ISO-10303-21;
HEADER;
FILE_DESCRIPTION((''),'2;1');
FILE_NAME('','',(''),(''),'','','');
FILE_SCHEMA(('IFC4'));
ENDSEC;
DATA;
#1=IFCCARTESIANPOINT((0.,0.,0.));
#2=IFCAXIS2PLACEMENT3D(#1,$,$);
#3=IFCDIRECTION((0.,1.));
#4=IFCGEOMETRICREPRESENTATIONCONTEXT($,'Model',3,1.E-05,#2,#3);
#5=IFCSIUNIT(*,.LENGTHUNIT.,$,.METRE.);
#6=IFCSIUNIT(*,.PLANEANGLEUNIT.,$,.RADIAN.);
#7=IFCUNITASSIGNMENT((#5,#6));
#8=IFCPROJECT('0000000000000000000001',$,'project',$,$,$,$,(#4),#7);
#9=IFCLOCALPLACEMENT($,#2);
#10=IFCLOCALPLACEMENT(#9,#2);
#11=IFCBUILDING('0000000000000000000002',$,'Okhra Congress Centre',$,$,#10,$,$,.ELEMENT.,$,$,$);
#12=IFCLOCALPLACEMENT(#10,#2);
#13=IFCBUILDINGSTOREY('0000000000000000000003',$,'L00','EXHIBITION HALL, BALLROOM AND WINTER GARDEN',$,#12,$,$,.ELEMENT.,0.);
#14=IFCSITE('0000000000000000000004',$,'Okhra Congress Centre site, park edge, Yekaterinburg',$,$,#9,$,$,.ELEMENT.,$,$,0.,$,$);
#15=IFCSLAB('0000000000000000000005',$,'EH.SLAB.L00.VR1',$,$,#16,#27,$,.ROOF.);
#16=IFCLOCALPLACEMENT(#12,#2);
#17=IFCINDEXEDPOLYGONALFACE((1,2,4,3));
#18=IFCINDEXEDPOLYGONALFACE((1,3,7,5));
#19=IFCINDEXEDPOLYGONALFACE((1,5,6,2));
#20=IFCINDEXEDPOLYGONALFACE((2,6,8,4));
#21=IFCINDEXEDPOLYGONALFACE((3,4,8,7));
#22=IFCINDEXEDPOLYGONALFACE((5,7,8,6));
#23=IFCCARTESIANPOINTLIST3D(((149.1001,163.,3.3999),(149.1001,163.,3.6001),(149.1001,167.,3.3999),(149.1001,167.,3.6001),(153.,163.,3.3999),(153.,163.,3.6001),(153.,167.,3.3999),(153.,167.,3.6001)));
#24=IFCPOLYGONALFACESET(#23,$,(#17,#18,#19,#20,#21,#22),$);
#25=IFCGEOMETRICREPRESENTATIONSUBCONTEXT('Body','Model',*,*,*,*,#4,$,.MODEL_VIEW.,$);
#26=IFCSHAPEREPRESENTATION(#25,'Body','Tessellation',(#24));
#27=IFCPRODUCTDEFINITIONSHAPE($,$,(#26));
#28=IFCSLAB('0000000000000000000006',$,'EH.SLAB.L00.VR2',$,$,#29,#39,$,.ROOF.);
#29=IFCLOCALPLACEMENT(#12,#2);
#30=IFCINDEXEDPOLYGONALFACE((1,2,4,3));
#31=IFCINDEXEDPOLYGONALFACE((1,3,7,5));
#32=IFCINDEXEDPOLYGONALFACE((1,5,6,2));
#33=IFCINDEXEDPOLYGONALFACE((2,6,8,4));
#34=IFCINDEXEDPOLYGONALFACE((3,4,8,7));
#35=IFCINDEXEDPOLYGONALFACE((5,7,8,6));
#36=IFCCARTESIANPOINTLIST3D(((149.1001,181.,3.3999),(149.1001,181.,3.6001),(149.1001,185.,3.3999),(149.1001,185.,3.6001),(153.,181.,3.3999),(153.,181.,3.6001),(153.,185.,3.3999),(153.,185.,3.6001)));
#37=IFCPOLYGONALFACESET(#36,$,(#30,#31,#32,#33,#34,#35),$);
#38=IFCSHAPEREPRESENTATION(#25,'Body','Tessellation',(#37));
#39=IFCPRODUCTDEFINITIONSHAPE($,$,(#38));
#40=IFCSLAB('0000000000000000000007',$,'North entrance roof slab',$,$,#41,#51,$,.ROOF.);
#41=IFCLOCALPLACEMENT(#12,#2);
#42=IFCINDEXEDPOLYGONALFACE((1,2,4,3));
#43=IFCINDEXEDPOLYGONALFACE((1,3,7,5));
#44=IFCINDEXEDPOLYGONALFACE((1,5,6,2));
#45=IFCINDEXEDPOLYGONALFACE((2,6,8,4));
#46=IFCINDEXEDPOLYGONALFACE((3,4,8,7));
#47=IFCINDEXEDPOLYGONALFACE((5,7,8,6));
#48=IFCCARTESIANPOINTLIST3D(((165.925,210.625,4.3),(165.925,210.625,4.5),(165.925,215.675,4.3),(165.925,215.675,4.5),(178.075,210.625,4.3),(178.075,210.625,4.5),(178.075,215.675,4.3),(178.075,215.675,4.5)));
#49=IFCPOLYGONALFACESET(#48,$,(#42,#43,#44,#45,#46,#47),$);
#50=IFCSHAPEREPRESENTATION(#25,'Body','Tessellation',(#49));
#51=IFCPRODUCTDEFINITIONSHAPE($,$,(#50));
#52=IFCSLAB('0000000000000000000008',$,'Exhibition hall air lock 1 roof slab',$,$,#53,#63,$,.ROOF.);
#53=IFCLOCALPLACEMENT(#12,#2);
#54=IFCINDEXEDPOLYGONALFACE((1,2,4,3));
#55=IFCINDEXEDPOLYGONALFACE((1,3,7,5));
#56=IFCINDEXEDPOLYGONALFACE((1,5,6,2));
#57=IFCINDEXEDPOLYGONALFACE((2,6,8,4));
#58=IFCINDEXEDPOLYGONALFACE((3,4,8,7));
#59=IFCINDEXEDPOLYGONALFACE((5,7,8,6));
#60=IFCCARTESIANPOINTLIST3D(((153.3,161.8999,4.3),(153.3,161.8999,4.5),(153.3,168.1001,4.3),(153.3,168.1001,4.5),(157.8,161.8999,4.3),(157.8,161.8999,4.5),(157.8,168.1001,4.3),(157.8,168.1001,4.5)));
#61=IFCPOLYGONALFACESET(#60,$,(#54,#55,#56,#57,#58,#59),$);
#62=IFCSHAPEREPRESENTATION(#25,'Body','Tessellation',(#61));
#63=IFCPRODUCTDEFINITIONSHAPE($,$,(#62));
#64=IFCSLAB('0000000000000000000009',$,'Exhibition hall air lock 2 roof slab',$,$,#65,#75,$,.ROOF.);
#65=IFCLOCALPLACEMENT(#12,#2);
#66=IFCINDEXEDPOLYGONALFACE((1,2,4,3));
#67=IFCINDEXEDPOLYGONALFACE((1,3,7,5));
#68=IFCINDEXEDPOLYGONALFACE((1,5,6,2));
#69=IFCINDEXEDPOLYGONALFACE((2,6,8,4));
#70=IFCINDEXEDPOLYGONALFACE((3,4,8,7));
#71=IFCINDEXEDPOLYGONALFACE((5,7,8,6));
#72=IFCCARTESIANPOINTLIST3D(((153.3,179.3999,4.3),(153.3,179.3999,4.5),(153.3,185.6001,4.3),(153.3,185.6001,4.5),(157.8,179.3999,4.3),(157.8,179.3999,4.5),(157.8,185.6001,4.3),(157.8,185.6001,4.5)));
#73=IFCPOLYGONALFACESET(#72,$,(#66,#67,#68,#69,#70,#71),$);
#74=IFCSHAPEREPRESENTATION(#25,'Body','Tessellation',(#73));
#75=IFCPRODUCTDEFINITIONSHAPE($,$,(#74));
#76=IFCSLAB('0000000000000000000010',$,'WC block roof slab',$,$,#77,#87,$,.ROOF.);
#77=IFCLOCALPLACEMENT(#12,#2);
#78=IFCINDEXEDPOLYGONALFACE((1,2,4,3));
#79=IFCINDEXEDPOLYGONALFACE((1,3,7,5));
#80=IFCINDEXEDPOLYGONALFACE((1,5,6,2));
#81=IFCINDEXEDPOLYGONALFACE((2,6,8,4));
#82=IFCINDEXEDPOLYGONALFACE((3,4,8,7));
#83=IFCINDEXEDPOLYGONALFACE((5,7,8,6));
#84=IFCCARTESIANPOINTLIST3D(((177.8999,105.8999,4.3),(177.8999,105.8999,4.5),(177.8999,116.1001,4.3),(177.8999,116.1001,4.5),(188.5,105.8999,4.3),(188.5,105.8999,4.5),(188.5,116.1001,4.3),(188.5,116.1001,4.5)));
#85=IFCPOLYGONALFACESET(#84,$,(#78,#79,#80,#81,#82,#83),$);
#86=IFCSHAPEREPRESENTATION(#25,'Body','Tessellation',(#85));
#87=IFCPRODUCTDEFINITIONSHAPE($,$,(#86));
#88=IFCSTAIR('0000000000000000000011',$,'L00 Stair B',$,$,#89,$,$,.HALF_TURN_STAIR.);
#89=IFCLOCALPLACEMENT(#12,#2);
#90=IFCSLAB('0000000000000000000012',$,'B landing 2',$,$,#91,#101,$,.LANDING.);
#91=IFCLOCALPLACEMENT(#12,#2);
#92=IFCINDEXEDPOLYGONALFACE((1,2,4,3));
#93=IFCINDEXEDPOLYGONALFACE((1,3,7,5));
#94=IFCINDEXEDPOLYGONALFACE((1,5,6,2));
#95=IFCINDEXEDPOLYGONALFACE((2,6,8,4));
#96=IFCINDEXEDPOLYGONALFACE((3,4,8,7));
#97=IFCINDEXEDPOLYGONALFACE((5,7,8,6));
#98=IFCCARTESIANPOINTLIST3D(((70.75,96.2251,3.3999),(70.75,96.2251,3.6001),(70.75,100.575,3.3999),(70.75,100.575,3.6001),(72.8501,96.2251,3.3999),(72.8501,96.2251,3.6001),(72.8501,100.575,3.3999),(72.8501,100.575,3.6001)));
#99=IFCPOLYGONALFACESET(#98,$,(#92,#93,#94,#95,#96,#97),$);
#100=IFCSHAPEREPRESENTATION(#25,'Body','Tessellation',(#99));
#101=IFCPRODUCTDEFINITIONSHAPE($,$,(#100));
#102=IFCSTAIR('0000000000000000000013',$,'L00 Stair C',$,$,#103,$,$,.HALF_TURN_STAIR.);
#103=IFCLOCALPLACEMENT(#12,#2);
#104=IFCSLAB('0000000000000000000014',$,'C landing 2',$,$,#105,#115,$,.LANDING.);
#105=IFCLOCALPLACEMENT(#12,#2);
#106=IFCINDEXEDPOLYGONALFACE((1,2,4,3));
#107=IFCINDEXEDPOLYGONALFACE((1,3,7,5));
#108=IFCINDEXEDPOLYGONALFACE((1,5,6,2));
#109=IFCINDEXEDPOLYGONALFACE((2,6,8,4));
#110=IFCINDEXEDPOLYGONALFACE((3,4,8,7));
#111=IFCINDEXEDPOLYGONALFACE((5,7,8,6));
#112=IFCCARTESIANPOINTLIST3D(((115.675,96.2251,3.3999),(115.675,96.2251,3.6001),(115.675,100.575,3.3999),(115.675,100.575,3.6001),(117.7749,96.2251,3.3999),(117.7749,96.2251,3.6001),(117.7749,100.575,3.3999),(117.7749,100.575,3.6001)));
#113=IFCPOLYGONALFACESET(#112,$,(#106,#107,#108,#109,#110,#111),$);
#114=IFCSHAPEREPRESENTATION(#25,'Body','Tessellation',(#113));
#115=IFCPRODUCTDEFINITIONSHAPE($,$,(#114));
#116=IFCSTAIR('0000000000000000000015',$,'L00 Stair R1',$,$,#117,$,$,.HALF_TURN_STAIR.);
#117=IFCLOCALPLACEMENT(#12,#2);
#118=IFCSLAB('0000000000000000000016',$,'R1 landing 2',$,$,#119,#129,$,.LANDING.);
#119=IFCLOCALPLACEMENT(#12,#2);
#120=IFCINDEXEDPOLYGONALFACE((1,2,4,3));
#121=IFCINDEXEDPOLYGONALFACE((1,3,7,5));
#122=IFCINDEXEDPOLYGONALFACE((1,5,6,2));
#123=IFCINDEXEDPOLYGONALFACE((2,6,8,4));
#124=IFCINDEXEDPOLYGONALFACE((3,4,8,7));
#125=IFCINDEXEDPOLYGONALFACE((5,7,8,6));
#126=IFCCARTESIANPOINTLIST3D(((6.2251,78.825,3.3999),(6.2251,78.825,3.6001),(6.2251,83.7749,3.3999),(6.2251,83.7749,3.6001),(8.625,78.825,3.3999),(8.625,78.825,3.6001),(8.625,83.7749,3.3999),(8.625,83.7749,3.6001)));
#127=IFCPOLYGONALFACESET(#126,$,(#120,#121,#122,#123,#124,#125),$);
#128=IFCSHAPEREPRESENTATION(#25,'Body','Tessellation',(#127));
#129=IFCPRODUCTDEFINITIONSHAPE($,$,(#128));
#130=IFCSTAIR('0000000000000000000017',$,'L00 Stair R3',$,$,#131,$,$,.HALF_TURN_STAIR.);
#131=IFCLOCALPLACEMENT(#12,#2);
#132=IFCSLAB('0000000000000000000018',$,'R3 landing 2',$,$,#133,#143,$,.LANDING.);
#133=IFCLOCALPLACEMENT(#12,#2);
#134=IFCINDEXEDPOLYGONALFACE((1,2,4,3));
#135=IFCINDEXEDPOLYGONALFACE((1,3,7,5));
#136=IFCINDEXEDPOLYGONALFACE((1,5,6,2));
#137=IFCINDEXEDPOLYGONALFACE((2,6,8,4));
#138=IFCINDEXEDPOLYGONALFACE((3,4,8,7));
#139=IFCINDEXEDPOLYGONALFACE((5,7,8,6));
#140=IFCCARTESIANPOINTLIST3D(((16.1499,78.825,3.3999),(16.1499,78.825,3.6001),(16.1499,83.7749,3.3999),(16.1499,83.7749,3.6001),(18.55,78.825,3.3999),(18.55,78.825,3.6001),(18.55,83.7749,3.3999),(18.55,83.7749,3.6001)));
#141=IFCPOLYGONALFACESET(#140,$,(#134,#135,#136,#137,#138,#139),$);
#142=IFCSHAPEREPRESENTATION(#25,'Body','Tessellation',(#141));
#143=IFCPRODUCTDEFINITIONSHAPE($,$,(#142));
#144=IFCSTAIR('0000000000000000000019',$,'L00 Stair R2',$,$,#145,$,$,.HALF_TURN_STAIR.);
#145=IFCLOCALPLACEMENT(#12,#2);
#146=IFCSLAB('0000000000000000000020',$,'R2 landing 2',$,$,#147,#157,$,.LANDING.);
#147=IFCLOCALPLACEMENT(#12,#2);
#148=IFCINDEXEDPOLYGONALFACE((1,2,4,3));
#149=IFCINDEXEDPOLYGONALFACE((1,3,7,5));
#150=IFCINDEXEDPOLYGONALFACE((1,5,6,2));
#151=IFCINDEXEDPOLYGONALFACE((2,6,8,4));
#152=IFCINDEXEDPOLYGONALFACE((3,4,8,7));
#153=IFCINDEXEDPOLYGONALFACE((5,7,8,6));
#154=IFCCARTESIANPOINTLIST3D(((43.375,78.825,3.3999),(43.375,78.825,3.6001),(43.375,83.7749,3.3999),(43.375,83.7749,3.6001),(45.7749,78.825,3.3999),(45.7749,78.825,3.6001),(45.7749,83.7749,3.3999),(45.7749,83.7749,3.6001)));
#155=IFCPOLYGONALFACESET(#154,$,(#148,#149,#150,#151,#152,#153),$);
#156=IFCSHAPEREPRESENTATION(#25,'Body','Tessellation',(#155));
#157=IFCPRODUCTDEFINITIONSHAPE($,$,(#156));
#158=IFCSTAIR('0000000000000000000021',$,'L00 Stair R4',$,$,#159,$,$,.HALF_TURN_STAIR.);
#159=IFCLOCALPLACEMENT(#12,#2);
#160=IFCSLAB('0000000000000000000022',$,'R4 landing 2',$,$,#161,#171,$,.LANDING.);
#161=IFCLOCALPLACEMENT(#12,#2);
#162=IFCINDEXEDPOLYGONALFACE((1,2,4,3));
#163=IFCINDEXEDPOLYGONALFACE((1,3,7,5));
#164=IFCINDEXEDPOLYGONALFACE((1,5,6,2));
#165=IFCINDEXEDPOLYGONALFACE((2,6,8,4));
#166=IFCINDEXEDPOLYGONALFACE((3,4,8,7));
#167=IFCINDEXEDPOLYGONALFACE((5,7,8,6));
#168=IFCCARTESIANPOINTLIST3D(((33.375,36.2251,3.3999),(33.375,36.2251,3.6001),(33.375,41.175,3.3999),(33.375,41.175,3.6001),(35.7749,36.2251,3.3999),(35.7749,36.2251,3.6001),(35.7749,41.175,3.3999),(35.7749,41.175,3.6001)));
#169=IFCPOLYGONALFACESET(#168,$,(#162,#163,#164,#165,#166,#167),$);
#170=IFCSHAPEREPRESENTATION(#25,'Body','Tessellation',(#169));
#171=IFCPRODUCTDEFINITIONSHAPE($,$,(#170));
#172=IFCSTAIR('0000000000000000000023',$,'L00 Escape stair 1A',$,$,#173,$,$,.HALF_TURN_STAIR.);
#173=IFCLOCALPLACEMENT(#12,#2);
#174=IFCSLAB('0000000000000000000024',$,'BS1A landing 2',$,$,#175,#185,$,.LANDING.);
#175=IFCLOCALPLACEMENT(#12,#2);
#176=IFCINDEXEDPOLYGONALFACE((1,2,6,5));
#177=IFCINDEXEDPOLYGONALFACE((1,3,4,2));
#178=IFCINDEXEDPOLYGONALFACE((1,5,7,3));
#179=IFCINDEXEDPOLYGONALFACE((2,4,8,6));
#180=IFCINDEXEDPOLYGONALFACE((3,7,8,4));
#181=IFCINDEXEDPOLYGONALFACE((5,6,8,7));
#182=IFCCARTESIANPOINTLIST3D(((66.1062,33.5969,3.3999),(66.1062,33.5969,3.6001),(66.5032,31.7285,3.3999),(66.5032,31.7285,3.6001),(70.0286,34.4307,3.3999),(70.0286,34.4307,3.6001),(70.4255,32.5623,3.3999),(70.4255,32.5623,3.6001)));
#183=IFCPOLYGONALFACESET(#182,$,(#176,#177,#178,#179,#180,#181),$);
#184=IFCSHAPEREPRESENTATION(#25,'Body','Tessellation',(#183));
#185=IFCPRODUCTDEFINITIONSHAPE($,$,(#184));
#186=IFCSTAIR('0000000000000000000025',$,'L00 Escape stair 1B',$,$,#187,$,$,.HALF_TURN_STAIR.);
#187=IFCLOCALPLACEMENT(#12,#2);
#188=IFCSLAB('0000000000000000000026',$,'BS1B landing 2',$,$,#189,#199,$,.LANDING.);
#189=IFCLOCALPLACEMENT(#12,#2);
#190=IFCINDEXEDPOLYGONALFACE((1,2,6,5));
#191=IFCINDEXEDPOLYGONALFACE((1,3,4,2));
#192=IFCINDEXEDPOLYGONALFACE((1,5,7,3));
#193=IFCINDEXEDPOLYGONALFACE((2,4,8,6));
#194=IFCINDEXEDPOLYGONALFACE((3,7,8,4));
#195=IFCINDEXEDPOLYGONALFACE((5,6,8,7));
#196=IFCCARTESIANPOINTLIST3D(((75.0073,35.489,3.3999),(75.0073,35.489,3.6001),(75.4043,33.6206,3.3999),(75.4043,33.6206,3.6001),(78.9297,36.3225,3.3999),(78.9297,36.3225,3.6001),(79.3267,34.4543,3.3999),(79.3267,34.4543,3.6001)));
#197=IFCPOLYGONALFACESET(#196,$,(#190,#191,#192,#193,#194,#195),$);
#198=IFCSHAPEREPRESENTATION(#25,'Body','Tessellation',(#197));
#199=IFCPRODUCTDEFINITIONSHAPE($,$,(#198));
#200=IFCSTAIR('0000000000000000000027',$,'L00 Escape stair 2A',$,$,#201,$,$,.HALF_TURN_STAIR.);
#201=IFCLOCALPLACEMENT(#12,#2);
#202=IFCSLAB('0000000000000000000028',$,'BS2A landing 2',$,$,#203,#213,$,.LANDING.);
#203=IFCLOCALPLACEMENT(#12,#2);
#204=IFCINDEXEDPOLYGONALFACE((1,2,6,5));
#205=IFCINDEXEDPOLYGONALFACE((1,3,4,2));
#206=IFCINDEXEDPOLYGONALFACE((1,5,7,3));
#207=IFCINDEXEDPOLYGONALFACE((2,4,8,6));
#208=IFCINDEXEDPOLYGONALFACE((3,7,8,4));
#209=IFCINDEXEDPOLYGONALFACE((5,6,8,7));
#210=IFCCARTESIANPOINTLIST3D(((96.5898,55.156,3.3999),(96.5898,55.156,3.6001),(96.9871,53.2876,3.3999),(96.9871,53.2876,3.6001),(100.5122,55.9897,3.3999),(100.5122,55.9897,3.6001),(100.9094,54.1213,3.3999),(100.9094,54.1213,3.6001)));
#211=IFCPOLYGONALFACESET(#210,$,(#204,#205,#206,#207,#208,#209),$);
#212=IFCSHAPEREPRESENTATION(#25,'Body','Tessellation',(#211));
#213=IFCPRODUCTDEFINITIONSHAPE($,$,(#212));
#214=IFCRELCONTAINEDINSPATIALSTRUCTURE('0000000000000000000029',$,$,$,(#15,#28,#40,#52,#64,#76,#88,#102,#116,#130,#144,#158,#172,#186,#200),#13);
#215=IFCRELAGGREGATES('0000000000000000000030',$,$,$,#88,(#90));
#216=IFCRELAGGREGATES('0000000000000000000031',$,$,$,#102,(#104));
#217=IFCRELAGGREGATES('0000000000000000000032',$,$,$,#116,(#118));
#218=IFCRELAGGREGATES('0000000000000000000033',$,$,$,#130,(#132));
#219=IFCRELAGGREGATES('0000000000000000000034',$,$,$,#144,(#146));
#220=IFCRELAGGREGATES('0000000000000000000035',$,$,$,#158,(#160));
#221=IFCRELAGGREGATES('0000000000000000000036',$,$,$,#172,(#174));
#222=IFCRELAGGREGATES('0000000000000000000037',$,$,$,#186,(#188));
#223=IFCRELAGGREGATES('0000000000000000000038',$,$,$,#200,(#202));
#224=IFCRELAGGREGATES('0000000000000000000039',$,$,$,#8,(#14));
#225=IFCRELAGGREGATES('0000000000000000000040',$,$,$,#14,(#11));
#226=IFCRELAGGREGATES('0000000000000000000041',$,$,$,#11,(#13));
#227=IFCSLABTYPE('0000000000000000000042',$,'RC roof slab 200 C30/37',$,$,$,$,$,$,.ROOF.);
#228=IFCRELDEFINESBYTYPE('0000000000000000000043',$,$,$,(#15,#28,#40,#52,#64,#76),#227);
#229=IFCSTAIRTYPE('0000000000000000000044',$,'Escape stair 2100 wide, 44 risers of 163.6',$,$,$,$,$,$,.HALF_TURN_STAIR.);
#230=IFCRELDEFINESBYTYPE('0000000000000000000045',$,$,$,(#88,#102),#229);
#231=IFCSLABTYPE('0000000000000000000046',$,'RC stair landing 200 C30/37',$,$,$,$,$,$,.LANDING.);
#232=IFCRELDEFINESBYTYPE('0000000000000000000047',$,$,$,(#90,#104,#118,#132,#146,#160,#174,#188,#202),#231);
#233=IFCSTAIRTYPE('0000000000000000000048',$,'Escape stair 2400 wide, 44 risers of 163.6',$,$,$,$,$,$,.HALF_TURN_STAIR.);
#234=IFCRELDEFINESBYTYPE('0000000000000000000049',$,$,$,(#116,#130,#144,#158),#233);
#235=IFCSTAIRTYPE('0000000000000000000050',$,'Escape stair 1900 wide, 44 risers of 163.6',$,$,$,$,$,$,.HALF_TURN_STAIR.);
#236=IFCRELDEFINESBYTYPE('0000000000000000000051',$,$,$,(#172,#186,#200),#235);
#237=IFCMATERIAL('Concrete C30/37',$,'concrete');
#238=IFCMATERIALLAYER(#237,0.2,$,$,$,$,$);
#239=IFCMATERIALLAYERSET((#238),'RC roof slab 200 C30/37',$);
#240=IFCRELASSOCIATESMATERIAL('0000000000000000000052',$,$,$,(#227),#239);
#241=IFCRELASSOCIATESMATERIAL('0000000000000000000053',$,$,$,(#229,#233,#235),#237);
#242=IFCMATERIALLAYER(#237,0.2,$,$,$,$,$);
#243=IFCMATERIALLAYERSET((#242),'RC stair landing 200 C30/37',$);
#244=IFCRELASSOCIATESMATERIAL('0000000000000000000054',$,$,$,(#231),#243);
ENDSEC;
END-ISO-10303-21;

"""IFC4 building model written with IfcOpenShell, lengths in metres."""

from ifc_helpers import new_model, si_unit, direction, frame, origin, place, context, subcontext, project, spatial, polyline, outline, extrude, material, layer, layer_set, type_object, element, aggregate, save


model = new_model("IFC4")

# Units and contexts
model_context = context("Model", 3, precision=1e-05, world=origin(), true_north=direction((0.0, 1.0)))
body_context = subcontext(model_context, "Body", "Model", "MODEL_VIEW")
ifc_project = project(units=[si_unit("LENGTHUNIT", "METRE"), si_unit("PLANEANGLEUNIT", "RADIAN")], contexts=[model_context])

# Site, building, storey
site_placement = place(None, origin())
site = spatial("IfcSite", under=ifc_project, at=site_placement, Name="Okhra Congress Centre site, park edge, Yekaterinburg", CompositionType="ELEMENT", RefElevation=0.0)
building_placement = place(site_placement, origin())
building = spatial("IfcBuilding", under=site, at=building_placement, Name="Okhra Congress Centre", CompositionType="ELEMENT")
storey_placement = place(building_placement, origin())
storey = spatial("IfcBuildingStorey", under=building, at=storey_placement, Name="L00", Description="EXHIBITION HALL, BALLROOM AND WINTER GARDEN", CompositionType="ELEMENT", Elevation=0.0)

# Slabs
ifc_material = material(Name="Concrete C30/37", Category="concrete")
ifc_layer_1 = layer(ifc_material, 0.2)
ifc_layer_set_1 = layer_set([ifc_layer_1], Name="RC roof slab 200 C30/37")
slab_type_1 = type_object("IfcSlabType", Name="RC roof slab 200 C30/37", PredefinedType="ROOF", material=ifc_layer_set_1)
slab_1_placement = place(storey_placement, frame((0.0, 0.0, 3.3999)))
element("IfcSlab", 1, at=slab_1_placement, inside=storey, type_object=slab_type_1, Name="EH.SLAB.L00.VR1", PredefinedType="ROOF", context=body_context, shape_type="SweptSolid", body=[
    extrude(outline(polyline([(149.1001, 163.0), (153.0, 163.0), (153.0, 167.0), (149.1001, 167.0), (149.1001, 163.0)])), origin(), (0.0, 0.0, 1.0), 0.2002),
])
slab_2_placement = place(storey_placement, frame((0.0, 0.0, 3.3999)))
element("IfcSlab", 2, at=slab_2_placement, inside=storey, type_object=slab_type_1, Name="EH.SLAB.L00.VR2", PredefinedType="ROOF", context=body_context, shape_type="SweptSolid", body=[
    extrude(outline(polyline([(149.1001, 181.0), (153.0, 181.0), (153.0, 185.0), (149.1001, 185.0), (149.1001, 181.0)])), origin(), (0.0, 0.0, 1.0), 0.2002),
])
slab_3_placement = place(storey_placement, frame((0.0, 0.0, 4.3)))
element("IfcSlab", 3, at=slab_3_placement, inside=storey, type_object=slab_type_1, Name="North entrance roof slab", PredefinedType="ROOF", context=body_context, shape_type="SweptSolid", body=[
    extrude(outline(polyline([(165.925, 210.625), (178.075, 210.625), (178.075, 215.675), (165.925, 215.675), (165.925, 210.625)])), origin(), (0.0, 0.0, 1.0), 0.2),
])
slab_4_placement = place(storey_placement, frame((0.0, 0.0, 4.3)))
element("IfcSlab", 4, at=slab_4_placement, inside=storey, type_object=slab_type_1, Name="Exhibition hall air lock 1 roof slab", PredefinedType="ROOF", context=body_context, shape_type="SweptSolid", body=[
    extrude(outline(polyline([(153.3, 161.8999), (157.8, 161.8999), (157.8, 168.1001), (153.3, 168.1001), (153.3, 161.8999)])), origin(), (0.0, 0.0, 1.0), 0.2),
])
slab_5_placement = place(storey_placement, frame((0.0, 0.0, 4.3)))
element("IfcSlab", 5, at=slab_5_placement, inside=storey, type_object=slab_type_1, Name="Exhibition hall air lock 2 roof slab", PredefinedType="ROOF", context=body_context, shape_type="SweptSolid", body=[
    extrude(outline(polyline([(153.3, 179.3999), (157.8, 179.3999), (157.8, 185.6001), (153.3, 185.6001), (153.3, 179.3999)])), origin(), (0.0, 0.0, 1.0), 0.2),
])
slab_6_placement = place(storey_placement, frame((0.0, 0.0, 4.3)))
element("IfcSlab", 6, at=slab_6_placement, inside=storey, type_object=slab_type_1, Name="WC block roof slab", PredefinedType="ROOF", context=body_context, shape_type="SweptSolid", body=[
    extrude(outline(polyline([(177.8999, 105.8999), (188.5, 105.8999), (188.5, 116.1001), (177.8999, 116.1001), (177.8999, 105.8999)])), origin(), (0.0, 0.0, 1.0), 0.2),
])

# Stairs, slabs
stair_type_1 = type_object("IfcStairType", Name="Escape stair 2100 wide, 44 risers of 163.6", PredefinedType="HALF_TURN_STAIR", material=ifc_material)
stair_1_placement = place(storey_placement, origin())
stair_1 = element("IfcStair", 7, at=stair_1_placement, inside=storey, type_object=stair_type_1, Name="L00 Stair B", PredefinedType="HALF_TURN_STAIR")
ifc_layer_2 = layer(ifc_material, 0.2)
ifc_layer_set_2 = layer_set([ifc_layer_2], Name="RC stair landing 200 C30/37")
slab_type_2 = type_object("IfcSlabType", Name="RC stair landing 200 C30/37", PredefinedType="LANDING", material=ifc_layer_set_2)
slab_7_placement = place(storey_placement, frame((0.0, 0.0, 3.3999)))
slab_7 = element("IfcSlab", 8, at=slab_7_placement, type_object=slab_type_2, Name="B landing 2", PredefinedType="LANDING", context=body_context, shape_type="SweptSolid", body=[
    extrude(outline(polyline([(72.8501, 100.575), (70.75, 100.575), (70.75, 96.2251), (72.8501, 96.2251), (72.8501, 100.575)])), origin(), (0.0, 0.0, 1.0), 0.2002),
])
aggregate(stair_1, [slab_7])
stair_2_placement = place(storey_placement, origin())
stair_2 = element("IfcStair", 9, at=stair_2_placement, inside=storey, type_object=stair_type_1, Name="L00 Stair C", PredefinedType="HALF_TURN_STAIR")
slab_8_placement = place(storey_placement, frame((0.0, 0.0, 3.3999)))
slab_8 = element("IfcSlab", 10, at=slab_8_placement, type_object=slab_type_2, Name="C landing 2", PredefinedType="LANDING", context=body_context, shape_type="SweptSolid", body=[
    extrude(outline(polyline([(117.7749, 100.575), (115.675, 100.575), (115.675, 96.2251), (117.7749, 96.2251), (117.7749, 100.575)])), origin(), (0.0, 0.0, 1.0), 0.2002),
])
aggregate(stair_2, [slab_8])
stair_type_2 = type_object("IfcStairType", Name="Escape stair 2400 wide, 44 risers of 163.6", PredefinedType="HALF_TURN_STAIR", material=ifc_material)
stair_3_placement = place(storey_placement, origin())
stair_3 = element("IfcStair", 11, at=stair_3_placement, inside=storey, type_object=stair_type_2, Name="L00 Stair R1", PredefinedType="HALF_TURN_STAIR")
slab_9_placement = place(storey_placement, frame((0.0, 0.0, 3.3999)))
slab_9 = element("IfcSlab", 12, at=slab_9_placement, type_object=slab_type_2, Name="R1 landing 2", PredefinedType="LANDING", context=body_context, shape_type="SweptSolid", body=[
    extrude(outline(polyline([(6.2251, 78.825), (8.625, 78.825), (8.625, 83.7749), (6.2251, 83.7749), (6.2251, 78.825)])), origin(), (0.0, 0.0, 1.0), 0.2002),
])
aggregate(stair_3, [slab_9])
stair_4_placement = place(storey_placement, origin())
stair_4 = element("IfcStair", 13, at=stair_4_placement, inside=storey, type_object=stair_type_2, Name="L00 Stair R3", PredefinedType="HALF_TURN_STAIR")
slab_10_placement = place(storey_placement, frame((0.0, 0.0, 3.3999)))
slab_10 = element("IfcSlab", 14, at=slab_10_placement, type_object=slab_type_2, Name="R3 landing 2", PredefinedType="LANDING", context=body_context, shape_type="SweptSolid", body=[
    extrude(outline(polyline([(16.1499, 78.825), (18.55, 78.825), (18.55, 83.7749), (16.1499, 83.7749), (16.1499, 78.825)])), origin(), (0.0, 0.0, 1.0), 0.2002),
])
aggregate(stair_4, [slab_10])
stair_5_placement = place(storey_placement, origin())
stair_5 = element("IfcStair", 15, at=stair_5_placement, inside=storey, type_object=stair_type_2, Name="L00 Stair R2", PredefinedType="HALF_TURN_STAIR")
slab_11_placement = place(storey_placement, frame((0.0, 0.0, 3.3999)))
slab_11 = element("IfcSlab", 16, at=slab_11_placement, type_object=slab_type_2, Name="R2 landing 2", PredefinedType="LANDING", context=body_context, shape_type="SweptSolid", body=[
    extrude(outline(polyline([(45.7749, 83.7749), (43.375, 83.7749), (43.375, 78.825), (45.7749, 78.825), (45.7749, 83.7749)])), origin(), (0.0, 0.0, 1.0), 0.2002),
])
aggregate(stair_5, [slab_11])
stair_6_placement = place(storey_placement, origin())
stair_6 = element("IfcStair", 17, at=stair_6_placement, inside=storey, type_object=stair_type_2, Name="L00 Stair R4", PredefinedType="HALF_TURN_STAIR")
slab_12_placement = place(storey_placement, frame((0.0, 0.0, 3.3999)))
slab_12 = element("IfcSlab", 18, at=slab_12_placement, type_object=slab_type_2, Name="R4 landing 2", PredefinedType="LANDING", context=body_context, shape_type="SweptSolid", body=[
    extrude(outline(polyline([(35.7749, 41.175), (33.375, 41.175), (33.375, 36.2251), (35.7749, 36.2251), (35.7749, 41.175)])), origin(), (0.0, 0.0, 1.0), 0.2002),
])
aggregate(stair_6, [slab_12])
stair_type_3 = type_object("IfcStairType", Name="Escape stair 1900 wide, 44 risers of 163.6", PredefinedType="HALF_TURN_STAIR", material=ifc_material)
stair_7_placement = place(storey_placement, origin())
stair_7 = element("IfcStair", 19, at=stair_7_placement, inside=storey, type_object=stair_type_3, Name="L00 Escape stair 1A", PredefinedType="HALF_TURN_STAIR")
slab_13_placement = place(storey_placement, frame((0.0, 0.0, 3.3999)))
slab_13 = element("IfcSlab", 20, at=slab_13_placement, type_object=slab_type_2, Name="BS1A landing 2", PredefinedType="LANDING", context=body_context, shape_type="SweptSolid", body=[
    extrude(outline(polyline([(70.4255, 32.5623), (66.5032, 31.7285), (66.1062, 33.5969), (70.0286, 34.4307), (70.4255, 32.5623)])), origin(), (0.0, 0.0, 1.0), 0.2002),
])
aggregate(stair_7, [slab_13])
stair_8_placement = place(storey_placement, origin())
stair_8 = element("IfcStair", 21, at=stair_8_placement, inside=storey, type_object=stair_type_3, Name="L00 Escape stair 1B", PredefinedType="HALF_TURN_STAIR")
slab_14_placement = place(storey_placement, frame((0.0, 0.0, 3.3999)))
slab_14 = element("IfcSlab", 22, at=slab_14_placement, type_object=slab_type_2, Name="BS1B landing 2", PredefinedType="LANDING", context=body_context, shape_type="SweptSolid", body=[
    extrude(outline(polyline([(79.3267, 34.4543), (75.4043, 33.6206), (75.0073, 35.489), (78.9297, 36.3225), (79.3267, 34.4543)])), origin(), (0.0, 0.0, 1.0), 0.2002),
])
aggregate(stair_8, [slab_14])
stair_9_placement = place(storey_placement, origin())
stair_9 = element("IfcStair", 23, at=stair_9_placement, inside=storey, type_object=stair_type_3, Name="L00 Escape stair 2A", PredefinedType="HALF_TURN_STAIR")
slab_15_placement = place(storey_placement, frame((0.0, 0.0, 3.3999)))
slab_15 = element("IfcSlab", 24, at=slab_15_placement, type_object=slab_type_2, Name="BS2A landing 2", PredefinedType="LANDING", context=body_context, shape_type="SweptSolid", body=[
    extrude(outline(polyline([(96.5898, 55.156), (100.5122, 55.9897), (100.9094, 54.1213), (96.9871, 53.2876), (96.5898, 55.156)])), origin(), (0.0, 0.0, 1.0), 0.2002),
])
aggregate(stair_9, [slab_15])

save(model, "model.ifc")
